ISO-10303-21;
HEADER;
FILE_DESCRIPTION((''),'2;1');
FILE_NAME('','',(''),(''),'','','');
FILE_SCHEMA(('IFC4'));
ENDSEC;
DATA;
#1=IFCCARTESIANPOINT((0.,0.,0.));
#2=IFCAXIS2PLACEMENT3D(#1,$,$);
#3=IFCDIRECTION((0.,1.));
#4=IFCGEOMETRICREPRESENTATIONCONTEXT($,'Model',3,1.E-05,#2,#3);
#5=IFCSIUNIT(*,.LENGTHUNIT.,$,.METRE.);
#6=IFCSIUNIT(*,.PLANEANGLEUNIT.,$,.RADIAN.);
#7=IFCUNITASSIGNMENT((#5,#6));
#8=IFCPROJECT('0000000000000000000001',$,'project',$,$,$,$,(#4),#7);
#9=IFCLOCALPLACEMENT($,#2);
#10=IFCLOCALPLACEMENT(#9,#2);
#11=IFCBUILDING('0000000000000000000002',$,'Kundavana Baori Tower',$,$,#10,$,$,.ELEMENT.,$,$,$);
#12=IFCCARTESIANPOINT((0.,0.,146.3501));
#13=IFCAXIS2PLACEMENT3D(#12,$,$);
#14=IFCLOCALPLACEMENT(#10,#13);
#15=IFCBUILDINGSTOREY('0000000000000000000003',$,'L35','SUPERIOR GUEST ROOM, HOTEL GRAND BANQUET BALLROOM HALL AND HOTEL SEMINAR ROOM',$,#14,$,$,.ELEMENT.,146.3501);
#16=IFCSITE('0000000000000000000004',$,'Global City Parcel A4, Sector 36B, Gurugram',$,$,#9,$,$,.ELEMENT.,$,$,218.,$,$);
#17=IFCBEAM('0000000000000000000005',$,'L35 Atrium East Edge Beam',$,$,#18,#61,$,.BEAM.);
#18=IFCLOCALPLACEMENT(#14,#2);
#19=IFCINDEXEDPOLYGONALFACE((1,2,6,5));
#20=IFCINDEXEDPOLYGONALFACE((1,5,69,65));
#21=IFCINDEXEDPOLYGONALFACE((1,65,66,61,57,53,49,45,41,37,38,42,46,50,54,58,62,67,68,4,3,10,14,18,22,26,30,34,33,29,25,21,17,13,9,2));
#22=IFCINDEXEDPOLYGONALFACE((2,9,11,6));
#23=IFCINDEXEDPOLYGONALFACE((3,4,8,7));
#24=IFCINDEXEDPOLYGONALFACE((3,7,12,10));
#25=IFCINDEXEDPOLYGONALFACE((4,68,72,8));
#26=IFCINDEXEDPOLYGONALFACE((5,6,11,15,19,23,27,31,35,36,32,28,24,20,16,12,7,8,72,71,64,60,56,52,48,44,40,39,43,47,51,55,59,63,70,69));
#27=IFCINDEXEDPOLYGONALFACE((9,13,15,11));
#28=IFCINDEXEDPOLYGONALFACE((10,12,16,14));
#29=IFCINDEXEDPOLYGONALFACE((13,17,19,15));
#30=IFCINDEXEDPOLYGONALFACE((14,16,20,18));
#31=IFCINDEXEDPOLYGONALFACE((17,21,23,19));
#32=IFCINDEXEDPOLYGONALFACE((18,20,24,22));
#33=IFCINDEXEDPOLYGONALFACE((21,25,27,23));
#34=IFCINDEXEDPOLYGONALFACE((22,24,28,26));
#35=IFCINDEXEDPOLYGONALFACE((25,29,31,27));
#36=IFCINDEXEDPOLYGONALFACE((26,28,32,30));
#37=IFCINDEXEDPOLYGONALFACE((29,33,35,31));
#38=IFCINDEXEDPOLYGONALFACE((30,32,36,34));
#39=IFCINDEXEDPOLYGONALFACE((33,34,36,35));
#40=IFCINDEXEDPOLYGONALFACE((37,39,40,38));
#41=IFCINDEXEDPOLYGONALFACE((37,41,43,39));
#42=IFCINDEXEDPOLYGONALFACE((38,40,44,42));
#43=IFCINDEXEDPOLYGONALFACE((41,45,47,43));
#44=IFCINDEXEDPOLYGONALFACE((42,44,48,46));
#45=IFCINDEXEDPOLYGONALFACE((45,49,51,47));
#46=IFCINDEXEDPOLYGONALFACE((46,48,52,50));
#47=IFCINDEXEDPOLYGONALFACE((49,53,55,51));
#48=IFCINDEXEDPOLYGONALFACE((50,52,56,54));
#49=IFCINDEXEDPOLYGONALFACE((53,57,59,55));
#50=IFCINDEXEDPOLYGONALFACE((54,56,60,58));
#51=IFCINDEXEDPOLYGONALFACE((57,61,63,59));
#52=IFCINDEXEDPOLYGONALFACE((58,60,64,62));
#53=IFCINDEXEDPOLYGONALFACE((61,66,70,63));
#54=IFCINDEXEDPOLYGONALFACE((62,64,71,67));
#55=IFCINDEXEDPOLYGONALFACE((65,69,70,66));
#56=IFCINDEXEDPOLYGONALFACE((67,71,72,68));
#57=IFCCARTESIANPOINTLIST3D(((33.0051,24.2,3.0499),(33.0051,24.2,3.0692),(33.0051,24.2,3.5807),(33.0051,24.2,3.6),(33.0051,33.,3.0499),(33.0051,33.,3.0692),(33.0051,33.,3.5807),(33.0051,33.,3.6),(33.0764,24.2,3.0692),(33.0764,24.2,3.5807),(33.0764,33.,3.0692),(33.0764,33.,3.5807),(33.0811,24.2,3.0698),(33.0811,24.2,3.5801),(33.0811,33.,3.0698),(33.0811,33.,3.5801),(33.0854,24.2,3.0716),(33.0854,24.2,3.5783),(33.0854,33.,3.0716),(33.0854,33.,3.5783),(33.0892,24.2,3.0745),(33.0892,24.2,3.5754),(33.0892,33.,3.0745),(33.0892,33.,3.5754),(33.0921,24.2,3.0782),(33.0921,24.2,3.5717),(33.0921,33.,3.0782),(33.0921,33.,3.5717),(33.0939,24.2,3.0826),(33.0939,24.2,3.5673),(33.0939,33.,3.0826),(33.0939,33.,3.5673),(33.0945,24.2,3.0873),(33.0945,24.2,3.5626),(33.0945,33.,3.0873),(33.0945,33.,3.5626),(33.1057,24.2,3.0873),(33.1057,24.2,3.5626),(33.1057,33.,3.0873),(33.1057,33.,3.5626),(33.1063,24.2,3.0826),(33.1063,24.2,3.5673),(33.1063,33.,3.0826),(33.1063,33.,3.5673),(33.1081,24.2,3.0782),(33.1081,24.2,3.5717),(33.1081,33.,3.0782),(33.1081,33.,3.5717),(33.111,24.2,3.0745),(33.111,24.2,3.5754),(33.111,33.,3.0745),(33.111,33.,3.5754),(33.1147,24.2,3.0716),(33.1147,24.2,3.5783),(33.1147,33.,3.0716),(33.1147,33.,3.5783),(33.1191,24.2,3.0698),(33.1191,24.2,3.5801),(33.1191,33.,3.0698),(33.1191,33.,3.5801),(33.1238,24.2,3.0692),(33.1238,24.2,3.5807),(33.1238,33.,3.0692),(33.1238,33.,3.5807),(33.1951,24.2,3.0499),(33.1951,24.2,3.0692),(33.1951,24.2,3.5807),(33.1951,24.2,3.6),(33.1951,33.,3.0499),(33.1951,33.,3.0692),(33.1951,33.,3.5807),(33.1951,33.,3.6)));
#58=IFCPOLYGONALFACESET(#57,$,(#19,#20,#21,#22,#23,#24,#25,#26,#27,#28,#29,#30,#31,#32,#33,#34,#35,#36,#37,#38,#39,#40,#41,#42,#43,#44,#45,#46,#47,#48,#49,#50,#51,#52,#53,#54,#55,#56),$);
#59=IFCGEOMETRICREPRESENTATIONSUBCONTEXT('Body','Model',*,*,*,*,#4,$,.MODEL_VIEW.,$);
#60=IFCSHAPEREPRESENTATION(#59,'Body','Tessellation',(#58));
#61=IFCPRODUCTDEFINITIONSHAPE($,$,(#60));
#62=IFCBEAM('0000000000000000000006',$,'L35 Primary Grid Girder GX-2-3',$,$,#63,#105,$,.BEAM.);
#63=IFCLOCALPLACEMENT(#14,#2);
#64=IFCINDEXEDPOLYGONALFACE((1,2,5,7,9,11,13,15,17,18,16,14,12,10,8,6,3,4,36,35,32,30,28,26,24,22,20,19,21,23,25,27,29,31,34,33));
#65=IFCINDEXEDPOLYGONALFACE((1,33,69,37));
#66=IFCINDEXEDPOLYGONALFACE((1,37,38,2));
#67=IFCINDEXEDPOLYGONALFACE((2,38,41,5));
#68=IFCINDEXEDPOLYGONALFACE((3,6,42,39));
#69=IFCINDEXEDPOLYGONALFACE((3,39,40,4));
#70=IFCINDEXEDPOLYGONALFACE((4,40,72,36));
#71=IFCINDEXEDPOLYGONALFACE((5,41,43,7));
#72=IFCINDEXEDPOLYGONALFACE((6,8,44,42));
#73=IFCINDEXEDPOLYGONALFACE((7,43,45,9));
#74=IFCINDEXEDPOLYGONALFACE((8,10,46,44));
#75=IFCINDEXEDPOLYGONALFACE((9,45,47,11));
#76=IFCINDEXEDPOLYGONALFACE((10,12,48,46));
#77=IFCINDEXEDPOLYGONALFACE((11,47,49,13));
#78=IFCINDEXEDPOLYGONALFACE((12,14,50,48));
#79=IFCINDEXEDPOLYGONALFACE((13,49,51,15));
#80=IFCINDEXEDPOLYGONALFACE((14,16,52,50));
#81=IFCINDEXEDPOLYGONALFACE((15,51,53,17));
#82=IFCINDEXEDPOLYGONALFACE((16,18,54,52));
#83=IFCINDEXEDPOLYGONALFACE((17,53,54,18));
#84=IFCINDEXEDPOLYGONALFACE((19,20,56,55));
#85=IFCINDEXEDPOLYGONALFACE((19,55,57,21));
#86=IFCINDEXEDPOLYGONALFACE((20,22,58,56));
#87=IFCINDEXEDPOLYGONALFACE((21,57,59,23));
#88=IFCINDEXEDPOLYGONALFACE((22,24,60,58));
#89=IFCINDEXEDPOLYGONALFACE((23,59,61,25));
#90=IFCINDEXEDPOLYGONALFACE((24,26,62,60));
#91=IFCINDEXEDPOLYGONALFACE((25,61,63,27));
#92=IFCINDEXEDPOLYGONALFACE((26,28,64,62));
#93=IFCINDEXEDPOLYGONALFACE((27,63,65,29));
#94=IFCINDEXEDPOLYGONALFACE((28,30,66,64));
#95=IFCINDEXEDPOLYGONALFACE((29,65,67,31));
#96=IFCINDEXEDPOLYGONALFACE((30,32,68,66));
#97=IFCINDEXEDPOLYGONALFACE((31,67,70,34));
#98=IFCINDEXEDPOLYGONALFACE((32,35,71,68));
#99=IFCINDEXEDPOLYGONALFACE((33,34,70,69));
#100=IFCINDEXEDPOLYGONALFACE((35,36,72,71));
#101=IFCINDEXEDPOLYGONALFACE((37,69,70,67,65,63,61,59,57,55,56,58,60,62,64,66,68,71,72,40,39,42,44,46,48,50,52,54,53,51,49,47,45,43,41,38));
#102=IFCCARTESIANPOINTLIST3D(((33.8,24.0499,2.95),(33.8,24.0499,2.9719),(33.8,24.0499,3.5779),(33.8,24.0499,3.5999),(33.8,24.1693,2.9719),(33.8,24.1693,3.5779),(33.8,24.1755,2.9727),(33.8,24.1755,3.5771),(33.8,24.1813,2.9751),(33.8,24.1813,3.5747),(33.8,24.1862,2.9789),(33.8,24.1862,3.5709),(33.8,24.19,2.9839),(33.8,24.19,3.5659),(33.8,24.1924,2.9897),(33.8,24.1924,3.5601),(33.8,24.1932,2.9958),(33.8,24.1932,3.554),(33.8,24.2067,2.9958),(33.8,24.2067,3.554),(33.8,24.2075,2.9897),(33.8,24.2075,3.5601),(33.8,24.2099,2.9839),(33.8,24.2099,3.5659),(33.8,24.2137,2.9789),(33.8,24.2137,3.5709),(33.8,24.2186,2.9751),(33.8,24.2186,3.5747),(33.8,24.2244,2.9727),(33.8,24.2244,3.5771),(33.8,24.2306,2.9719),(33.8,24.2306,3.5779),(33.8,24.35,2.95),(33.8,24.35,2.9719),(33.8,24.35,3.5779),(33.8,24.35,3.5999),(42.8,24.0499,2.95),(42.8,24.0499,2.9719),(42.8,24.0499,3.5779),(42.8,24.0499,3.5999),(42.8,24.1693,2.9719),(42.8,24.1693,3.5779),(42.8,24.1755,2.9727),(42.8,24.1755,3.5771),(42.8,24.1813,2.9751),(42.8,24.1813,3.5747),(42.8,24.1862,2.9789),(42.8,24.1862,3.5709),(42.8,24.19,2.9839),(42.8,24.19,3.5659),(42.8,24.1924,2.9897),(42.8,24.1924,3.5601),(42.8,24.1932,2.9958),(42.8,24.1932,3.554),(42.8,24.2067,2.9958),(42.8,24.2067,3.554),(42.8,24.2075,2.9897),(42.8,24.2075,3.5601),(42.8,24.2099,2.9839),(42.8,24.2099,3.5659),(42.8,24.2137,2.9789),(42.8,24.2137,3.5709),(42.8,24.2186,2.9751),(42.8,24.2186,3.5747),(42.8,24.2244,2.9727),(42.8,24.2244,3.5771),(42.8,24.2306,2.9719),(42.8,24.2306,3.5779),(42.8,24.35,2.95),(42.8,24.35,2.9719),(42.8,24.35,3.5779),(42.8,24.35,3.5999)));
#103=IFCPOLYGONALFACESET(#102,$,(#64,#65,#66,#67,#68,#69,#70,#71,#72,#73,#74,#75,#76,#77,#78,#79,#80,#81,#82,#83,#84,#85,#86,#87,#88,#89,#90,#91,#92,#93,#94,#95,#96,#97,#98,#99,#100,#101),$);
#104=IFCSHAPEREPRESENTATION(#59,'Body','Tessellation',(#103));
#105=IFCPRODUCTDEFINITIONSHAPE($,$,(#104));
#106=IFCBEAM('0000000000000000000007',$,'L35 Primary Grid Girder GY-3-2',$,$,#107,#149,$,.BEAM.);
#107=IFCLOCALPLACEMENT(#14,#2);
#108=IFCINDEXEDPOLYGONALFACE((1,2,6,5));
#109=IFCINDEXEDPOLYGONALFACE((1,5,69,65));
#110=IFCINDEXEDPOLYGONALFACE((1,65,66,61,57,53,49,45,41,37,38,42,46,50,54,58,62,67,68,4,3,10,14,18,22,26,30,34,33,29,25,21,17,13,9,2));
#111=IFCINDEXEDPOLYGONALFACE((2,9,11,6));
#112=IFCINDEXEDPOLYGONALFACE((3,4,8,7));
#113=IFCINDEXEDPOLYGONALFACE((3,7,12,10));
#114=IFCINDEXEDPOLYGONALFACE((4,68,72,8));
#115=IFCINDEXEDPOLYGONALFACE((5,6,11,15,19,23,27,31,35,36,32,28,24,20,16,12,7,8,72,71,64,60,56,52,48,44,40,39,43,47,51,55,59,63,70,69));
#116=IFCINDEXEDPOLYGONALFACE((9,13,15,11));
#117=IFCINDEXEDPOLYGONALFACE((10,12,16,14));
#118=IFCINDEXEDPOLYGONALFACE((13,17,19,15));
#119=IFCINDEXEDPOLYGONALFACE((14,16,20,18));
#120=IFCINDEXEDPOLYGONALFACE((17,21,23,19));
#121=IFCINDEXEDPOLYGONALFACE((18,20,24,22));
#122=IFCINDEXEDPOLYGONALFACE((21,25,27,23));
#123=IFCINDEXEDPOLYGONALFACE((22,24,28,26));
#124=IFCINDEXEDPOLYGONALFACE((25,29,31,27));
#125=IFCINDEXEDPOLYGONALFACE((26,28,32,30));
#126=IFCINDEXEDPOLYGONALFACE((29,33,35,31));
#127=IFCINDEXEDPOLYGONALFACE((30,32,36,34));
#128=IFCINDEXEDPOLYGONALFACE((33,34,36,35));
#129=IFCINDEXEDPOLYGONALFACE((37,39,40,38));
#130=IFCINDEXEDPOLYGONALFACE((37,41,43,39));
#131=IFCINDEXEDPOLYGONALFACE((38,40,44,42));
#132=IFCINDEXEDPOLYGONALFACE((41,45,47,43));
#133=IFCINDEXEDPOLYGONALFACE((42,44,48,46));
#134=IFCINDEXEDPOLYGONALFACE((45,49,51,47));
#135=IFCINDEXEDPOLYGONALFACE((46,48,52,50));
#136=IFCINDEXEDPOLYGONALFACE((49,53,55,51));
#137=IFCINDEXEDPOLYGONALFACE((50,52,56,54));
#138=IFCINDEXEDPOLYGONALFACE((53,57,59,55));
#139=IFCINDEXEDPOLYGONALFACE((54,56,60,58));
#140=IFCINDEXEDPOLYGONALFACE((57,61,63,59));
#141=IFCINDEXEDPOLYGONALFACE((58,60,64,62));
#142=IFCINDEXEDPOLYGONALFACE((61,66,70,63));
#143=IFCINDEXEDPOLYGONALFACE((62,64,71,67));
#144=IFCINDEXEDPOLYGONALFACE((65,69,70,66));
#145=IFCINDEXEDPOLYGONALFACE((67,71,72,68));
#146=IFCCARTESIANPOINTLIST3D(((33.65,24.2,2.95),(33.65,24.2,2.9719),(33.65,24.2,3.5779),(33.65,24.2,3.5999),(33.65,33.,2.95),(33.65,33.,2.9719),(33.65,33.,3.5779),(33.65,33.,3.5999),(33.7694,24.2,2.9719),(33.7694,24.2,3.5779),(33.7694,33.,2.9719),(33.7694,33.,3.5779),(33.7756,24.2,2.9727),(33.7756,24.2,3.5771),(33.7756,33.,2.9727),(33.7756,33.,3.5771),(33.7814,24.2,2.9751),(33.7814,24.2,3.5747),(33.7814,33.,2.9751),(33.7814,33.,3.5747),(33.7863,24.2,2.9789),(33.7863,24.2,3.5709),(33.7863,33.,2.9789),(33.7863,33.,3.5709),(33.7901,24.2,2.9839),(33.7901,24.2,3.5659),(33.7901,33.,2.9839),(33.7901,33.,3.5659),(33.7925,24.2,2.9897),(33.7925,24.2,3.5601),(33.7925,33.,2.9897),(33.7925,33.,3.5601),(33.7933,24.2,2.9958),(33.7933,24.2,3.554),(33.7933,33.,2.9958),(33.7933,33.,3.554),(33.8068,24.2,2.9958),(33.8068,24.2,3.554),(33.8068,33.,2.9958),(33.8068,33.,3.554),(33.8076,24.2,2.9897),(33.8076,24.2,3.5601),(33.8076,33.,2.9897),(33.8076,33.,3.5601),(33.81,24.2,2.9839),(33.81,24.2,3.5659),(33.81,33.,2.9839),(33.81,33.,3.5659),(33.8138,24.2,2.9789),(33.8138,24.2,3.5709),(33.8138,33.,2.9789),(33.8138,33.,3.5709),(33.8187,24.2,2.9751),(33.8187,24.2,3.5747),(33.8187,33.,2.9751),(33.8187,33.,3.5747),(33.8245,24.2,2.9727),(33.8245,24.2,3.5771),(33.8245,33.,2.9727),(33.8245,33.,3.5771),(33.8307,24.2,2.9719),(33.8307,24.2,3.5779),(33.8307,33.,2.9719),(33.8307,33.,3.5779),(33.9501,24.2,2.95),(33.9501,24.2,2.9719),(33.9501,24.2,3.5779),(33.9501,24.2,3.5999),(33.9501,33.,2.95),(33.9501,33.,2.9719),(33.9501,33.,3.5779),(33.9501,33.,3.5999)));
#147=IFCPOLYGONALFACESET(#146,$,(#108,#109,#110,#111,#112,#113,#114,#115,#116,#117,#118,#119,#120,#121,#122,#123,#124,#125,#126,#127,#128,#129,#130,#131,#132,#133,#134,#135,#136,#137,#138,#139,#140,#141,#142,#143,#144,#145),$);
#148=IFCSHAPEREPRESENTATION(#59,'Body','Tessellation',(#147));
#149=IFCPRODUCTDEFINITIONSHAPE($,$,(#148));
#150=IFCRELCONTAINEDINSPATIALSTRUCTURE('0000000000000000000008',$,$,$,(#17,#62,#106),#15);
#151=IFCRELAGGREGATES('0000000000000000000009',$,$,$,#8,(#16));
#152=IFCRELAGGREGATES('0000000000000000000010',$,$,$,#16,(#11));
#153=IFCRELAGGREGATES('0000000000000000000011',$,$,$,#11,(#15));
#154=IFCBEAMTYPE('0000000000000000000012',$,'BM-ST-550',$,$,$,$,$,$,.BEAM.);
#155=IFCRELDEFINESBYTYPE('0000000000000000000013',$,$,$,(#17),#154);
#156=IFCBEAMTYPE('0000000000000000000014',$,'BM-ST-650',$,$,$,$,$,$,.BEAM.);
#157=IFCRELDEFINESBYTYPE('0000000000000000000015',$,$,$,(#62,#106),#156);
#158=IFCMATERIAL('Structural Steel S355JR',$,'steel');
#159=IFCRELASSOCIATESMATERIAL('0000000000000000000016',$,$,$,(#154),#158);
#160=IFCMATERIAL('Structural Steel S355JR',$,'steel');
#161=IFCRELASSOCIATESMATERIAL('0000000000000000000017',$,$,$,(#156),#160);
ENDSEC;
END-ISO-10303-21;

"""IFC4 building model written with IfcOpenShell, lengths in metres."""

from ifc_helpers import new_model, si_unit, direction, frame, origin, origin_2d, place, context, subcontext, project, spatial, i_section, extrude, material, material_profile, profile_set, type_object, element, save


model = new_model("IFC4")

# Units and contexts
model_context = context("Model", 3, precision=1e-05, world=origin(), true_north=direction((0.0, 1.0)))
body_context = subcontext(model_context, "Body", "Model", "MODEL_VIEW")
ifc_project = project(units=[si_unit("LENGTHUNIT", "METRE"), si_unit("PLANEANGLEUNIT", "RADIAN")], contexts=[model_context])

# Site, building, storey
site_placement = place(None, origin())
site = spatial("IfcSite", under=ifc_project, at=site_placement, Name="Global City Parcel A4, Sector 36B, Gurugram", CompositionType="ELEMENT", RefElevation=218.0)
building_placement = place(site_placement, origin())
building = spatial("IfcBuilding", under=site, at=building_placement, Name="Kundavana Baori Tower", CompositionType="ELEMENT")
storey_placement = place(building_placement, frame((0.0, 0.0, 146.3501)))
storey = spatial("IfcBuildingStorey", under=building, at=storey_placement, Name="L35", Description="SUPERIOR GUEST ROOM, HOTEL GRAND BANQUET BALLROOM HALL AND HOTEL SEMINAR ROOM", CompositionType="ELEMENT", Elevation=146.3501)

# Beams
ifc_material_1 = material(Name="Structural Steel S355JR", Category="steel")
ifc_material_profile_1 = material_profile(ifc_material_1, i_section(OverallWidth=0.1899, OverallDepth=0.55, WebThickness=0.0112, FlangeThickness=0.0193, FilletRadius=0.0181, at=origin_2d()), Name="ISMB 550")
ifc_profile_set_1 = profile_set([ifc_material_profile_1], Name="Structural Steel S355JR")
beam_type_1 = type_object("IfcBeamType", Name="BM-ST-550", PredefinedType="BEAM", material=ifc_profile_set_1)
for number, where, z_axis, x_axis, name in (
    (1, (33.1001, 24.2, 3.325), (0.0, 1.0, 0.0), (-1.0, 0.0, 0.0), "L35 Atrium East Edge Beam"),
):
    element("IfcBeam", number, at=place(storey_placement, frame(where, z_axis=z_axis, x_axis=x_axis)), inside=storey, type_object=beam_type_1, Name=name, PredefinedType="BEAM", context=body_context, shape_type="SweptSolid", body=[
        extrude(i_section(OverallWidth=0.1899, OverallDepth=0.55, WebThickness=0.0112, FlangeThickness=0.0193, FilletRadius=0.0181, at=origin_2d()), origin(), (0.0, 0.0, 1.0), 8.8),
    ])
ifc_material_2 = material(Name="Structural Steel S355JR", Category="steel")
ifc_material_profile_2 = material_profile(ifc_material_2, i_section(OverallWidth=0.3, OverallDepth=0.6499, WebThickness=0.0134, FlangeThickness=0.022, FilletRadius=0.0239, at=origin_2d()), Name="NPB 650x300x155")
ifc_profile_set_2 = profile_set([ifc_material_profile_2], Name="Structural Steel S355JR")
beam_type_2 = type_object("IfcBeamType", Name="BM-ST-650", PredefinedType="BEAM", material=ifc_profile_set_2)
beam_1_placement = place(storey_placement, frame((33.8, 24.2, 3.2749), z_axis=(1.0, 0.0, 0.0), x_axis=(0.0, 1.0, 0.0)))
element("IfcBeam", 2, at=beam_1_placement, inside=storey, type_object=beam_type_2, Name="L35 Primary Grid Girder GX-2-3", PredefinedType="BEAM", context=body_context, shape_type="SweptSolid", body=[
    extrude(i_section(OverallWidth=0.3, OverallDepth=0.6499, WebThickness=0.0134, FlangeThickness=0.022, FilletRadius=0.0239, at=origin_2d()), origin(), (0.0, 0.0, 1.0), 9.0),
])
beam_2_placement = place(storey_placement, frame((33.8, 24.2, 3.2749), z_axis=(0.0, 1.0, 0.0), x_axis=(-1.0, 0.0, 0.0)))
element("IfcBeam", 3, at=beam_2_placement, inside=storey, type_object=beam_type_2, Name="L35 Primary Grid Girder GY-3-2", PredefinedType="BEAM", context=body_context, shape_type="SweptSolid", body=[
    extrude(i_section(OverallWidth=0.3, OverallDepth=0.6499, WebThickness=0.0134, FlangeThickness=0.022, FilletRadius=0.0239, at=origin_2d()), origin(), (0.0, 0.0, 1.0), 8.8),
])

save(model, "model.ifc")
